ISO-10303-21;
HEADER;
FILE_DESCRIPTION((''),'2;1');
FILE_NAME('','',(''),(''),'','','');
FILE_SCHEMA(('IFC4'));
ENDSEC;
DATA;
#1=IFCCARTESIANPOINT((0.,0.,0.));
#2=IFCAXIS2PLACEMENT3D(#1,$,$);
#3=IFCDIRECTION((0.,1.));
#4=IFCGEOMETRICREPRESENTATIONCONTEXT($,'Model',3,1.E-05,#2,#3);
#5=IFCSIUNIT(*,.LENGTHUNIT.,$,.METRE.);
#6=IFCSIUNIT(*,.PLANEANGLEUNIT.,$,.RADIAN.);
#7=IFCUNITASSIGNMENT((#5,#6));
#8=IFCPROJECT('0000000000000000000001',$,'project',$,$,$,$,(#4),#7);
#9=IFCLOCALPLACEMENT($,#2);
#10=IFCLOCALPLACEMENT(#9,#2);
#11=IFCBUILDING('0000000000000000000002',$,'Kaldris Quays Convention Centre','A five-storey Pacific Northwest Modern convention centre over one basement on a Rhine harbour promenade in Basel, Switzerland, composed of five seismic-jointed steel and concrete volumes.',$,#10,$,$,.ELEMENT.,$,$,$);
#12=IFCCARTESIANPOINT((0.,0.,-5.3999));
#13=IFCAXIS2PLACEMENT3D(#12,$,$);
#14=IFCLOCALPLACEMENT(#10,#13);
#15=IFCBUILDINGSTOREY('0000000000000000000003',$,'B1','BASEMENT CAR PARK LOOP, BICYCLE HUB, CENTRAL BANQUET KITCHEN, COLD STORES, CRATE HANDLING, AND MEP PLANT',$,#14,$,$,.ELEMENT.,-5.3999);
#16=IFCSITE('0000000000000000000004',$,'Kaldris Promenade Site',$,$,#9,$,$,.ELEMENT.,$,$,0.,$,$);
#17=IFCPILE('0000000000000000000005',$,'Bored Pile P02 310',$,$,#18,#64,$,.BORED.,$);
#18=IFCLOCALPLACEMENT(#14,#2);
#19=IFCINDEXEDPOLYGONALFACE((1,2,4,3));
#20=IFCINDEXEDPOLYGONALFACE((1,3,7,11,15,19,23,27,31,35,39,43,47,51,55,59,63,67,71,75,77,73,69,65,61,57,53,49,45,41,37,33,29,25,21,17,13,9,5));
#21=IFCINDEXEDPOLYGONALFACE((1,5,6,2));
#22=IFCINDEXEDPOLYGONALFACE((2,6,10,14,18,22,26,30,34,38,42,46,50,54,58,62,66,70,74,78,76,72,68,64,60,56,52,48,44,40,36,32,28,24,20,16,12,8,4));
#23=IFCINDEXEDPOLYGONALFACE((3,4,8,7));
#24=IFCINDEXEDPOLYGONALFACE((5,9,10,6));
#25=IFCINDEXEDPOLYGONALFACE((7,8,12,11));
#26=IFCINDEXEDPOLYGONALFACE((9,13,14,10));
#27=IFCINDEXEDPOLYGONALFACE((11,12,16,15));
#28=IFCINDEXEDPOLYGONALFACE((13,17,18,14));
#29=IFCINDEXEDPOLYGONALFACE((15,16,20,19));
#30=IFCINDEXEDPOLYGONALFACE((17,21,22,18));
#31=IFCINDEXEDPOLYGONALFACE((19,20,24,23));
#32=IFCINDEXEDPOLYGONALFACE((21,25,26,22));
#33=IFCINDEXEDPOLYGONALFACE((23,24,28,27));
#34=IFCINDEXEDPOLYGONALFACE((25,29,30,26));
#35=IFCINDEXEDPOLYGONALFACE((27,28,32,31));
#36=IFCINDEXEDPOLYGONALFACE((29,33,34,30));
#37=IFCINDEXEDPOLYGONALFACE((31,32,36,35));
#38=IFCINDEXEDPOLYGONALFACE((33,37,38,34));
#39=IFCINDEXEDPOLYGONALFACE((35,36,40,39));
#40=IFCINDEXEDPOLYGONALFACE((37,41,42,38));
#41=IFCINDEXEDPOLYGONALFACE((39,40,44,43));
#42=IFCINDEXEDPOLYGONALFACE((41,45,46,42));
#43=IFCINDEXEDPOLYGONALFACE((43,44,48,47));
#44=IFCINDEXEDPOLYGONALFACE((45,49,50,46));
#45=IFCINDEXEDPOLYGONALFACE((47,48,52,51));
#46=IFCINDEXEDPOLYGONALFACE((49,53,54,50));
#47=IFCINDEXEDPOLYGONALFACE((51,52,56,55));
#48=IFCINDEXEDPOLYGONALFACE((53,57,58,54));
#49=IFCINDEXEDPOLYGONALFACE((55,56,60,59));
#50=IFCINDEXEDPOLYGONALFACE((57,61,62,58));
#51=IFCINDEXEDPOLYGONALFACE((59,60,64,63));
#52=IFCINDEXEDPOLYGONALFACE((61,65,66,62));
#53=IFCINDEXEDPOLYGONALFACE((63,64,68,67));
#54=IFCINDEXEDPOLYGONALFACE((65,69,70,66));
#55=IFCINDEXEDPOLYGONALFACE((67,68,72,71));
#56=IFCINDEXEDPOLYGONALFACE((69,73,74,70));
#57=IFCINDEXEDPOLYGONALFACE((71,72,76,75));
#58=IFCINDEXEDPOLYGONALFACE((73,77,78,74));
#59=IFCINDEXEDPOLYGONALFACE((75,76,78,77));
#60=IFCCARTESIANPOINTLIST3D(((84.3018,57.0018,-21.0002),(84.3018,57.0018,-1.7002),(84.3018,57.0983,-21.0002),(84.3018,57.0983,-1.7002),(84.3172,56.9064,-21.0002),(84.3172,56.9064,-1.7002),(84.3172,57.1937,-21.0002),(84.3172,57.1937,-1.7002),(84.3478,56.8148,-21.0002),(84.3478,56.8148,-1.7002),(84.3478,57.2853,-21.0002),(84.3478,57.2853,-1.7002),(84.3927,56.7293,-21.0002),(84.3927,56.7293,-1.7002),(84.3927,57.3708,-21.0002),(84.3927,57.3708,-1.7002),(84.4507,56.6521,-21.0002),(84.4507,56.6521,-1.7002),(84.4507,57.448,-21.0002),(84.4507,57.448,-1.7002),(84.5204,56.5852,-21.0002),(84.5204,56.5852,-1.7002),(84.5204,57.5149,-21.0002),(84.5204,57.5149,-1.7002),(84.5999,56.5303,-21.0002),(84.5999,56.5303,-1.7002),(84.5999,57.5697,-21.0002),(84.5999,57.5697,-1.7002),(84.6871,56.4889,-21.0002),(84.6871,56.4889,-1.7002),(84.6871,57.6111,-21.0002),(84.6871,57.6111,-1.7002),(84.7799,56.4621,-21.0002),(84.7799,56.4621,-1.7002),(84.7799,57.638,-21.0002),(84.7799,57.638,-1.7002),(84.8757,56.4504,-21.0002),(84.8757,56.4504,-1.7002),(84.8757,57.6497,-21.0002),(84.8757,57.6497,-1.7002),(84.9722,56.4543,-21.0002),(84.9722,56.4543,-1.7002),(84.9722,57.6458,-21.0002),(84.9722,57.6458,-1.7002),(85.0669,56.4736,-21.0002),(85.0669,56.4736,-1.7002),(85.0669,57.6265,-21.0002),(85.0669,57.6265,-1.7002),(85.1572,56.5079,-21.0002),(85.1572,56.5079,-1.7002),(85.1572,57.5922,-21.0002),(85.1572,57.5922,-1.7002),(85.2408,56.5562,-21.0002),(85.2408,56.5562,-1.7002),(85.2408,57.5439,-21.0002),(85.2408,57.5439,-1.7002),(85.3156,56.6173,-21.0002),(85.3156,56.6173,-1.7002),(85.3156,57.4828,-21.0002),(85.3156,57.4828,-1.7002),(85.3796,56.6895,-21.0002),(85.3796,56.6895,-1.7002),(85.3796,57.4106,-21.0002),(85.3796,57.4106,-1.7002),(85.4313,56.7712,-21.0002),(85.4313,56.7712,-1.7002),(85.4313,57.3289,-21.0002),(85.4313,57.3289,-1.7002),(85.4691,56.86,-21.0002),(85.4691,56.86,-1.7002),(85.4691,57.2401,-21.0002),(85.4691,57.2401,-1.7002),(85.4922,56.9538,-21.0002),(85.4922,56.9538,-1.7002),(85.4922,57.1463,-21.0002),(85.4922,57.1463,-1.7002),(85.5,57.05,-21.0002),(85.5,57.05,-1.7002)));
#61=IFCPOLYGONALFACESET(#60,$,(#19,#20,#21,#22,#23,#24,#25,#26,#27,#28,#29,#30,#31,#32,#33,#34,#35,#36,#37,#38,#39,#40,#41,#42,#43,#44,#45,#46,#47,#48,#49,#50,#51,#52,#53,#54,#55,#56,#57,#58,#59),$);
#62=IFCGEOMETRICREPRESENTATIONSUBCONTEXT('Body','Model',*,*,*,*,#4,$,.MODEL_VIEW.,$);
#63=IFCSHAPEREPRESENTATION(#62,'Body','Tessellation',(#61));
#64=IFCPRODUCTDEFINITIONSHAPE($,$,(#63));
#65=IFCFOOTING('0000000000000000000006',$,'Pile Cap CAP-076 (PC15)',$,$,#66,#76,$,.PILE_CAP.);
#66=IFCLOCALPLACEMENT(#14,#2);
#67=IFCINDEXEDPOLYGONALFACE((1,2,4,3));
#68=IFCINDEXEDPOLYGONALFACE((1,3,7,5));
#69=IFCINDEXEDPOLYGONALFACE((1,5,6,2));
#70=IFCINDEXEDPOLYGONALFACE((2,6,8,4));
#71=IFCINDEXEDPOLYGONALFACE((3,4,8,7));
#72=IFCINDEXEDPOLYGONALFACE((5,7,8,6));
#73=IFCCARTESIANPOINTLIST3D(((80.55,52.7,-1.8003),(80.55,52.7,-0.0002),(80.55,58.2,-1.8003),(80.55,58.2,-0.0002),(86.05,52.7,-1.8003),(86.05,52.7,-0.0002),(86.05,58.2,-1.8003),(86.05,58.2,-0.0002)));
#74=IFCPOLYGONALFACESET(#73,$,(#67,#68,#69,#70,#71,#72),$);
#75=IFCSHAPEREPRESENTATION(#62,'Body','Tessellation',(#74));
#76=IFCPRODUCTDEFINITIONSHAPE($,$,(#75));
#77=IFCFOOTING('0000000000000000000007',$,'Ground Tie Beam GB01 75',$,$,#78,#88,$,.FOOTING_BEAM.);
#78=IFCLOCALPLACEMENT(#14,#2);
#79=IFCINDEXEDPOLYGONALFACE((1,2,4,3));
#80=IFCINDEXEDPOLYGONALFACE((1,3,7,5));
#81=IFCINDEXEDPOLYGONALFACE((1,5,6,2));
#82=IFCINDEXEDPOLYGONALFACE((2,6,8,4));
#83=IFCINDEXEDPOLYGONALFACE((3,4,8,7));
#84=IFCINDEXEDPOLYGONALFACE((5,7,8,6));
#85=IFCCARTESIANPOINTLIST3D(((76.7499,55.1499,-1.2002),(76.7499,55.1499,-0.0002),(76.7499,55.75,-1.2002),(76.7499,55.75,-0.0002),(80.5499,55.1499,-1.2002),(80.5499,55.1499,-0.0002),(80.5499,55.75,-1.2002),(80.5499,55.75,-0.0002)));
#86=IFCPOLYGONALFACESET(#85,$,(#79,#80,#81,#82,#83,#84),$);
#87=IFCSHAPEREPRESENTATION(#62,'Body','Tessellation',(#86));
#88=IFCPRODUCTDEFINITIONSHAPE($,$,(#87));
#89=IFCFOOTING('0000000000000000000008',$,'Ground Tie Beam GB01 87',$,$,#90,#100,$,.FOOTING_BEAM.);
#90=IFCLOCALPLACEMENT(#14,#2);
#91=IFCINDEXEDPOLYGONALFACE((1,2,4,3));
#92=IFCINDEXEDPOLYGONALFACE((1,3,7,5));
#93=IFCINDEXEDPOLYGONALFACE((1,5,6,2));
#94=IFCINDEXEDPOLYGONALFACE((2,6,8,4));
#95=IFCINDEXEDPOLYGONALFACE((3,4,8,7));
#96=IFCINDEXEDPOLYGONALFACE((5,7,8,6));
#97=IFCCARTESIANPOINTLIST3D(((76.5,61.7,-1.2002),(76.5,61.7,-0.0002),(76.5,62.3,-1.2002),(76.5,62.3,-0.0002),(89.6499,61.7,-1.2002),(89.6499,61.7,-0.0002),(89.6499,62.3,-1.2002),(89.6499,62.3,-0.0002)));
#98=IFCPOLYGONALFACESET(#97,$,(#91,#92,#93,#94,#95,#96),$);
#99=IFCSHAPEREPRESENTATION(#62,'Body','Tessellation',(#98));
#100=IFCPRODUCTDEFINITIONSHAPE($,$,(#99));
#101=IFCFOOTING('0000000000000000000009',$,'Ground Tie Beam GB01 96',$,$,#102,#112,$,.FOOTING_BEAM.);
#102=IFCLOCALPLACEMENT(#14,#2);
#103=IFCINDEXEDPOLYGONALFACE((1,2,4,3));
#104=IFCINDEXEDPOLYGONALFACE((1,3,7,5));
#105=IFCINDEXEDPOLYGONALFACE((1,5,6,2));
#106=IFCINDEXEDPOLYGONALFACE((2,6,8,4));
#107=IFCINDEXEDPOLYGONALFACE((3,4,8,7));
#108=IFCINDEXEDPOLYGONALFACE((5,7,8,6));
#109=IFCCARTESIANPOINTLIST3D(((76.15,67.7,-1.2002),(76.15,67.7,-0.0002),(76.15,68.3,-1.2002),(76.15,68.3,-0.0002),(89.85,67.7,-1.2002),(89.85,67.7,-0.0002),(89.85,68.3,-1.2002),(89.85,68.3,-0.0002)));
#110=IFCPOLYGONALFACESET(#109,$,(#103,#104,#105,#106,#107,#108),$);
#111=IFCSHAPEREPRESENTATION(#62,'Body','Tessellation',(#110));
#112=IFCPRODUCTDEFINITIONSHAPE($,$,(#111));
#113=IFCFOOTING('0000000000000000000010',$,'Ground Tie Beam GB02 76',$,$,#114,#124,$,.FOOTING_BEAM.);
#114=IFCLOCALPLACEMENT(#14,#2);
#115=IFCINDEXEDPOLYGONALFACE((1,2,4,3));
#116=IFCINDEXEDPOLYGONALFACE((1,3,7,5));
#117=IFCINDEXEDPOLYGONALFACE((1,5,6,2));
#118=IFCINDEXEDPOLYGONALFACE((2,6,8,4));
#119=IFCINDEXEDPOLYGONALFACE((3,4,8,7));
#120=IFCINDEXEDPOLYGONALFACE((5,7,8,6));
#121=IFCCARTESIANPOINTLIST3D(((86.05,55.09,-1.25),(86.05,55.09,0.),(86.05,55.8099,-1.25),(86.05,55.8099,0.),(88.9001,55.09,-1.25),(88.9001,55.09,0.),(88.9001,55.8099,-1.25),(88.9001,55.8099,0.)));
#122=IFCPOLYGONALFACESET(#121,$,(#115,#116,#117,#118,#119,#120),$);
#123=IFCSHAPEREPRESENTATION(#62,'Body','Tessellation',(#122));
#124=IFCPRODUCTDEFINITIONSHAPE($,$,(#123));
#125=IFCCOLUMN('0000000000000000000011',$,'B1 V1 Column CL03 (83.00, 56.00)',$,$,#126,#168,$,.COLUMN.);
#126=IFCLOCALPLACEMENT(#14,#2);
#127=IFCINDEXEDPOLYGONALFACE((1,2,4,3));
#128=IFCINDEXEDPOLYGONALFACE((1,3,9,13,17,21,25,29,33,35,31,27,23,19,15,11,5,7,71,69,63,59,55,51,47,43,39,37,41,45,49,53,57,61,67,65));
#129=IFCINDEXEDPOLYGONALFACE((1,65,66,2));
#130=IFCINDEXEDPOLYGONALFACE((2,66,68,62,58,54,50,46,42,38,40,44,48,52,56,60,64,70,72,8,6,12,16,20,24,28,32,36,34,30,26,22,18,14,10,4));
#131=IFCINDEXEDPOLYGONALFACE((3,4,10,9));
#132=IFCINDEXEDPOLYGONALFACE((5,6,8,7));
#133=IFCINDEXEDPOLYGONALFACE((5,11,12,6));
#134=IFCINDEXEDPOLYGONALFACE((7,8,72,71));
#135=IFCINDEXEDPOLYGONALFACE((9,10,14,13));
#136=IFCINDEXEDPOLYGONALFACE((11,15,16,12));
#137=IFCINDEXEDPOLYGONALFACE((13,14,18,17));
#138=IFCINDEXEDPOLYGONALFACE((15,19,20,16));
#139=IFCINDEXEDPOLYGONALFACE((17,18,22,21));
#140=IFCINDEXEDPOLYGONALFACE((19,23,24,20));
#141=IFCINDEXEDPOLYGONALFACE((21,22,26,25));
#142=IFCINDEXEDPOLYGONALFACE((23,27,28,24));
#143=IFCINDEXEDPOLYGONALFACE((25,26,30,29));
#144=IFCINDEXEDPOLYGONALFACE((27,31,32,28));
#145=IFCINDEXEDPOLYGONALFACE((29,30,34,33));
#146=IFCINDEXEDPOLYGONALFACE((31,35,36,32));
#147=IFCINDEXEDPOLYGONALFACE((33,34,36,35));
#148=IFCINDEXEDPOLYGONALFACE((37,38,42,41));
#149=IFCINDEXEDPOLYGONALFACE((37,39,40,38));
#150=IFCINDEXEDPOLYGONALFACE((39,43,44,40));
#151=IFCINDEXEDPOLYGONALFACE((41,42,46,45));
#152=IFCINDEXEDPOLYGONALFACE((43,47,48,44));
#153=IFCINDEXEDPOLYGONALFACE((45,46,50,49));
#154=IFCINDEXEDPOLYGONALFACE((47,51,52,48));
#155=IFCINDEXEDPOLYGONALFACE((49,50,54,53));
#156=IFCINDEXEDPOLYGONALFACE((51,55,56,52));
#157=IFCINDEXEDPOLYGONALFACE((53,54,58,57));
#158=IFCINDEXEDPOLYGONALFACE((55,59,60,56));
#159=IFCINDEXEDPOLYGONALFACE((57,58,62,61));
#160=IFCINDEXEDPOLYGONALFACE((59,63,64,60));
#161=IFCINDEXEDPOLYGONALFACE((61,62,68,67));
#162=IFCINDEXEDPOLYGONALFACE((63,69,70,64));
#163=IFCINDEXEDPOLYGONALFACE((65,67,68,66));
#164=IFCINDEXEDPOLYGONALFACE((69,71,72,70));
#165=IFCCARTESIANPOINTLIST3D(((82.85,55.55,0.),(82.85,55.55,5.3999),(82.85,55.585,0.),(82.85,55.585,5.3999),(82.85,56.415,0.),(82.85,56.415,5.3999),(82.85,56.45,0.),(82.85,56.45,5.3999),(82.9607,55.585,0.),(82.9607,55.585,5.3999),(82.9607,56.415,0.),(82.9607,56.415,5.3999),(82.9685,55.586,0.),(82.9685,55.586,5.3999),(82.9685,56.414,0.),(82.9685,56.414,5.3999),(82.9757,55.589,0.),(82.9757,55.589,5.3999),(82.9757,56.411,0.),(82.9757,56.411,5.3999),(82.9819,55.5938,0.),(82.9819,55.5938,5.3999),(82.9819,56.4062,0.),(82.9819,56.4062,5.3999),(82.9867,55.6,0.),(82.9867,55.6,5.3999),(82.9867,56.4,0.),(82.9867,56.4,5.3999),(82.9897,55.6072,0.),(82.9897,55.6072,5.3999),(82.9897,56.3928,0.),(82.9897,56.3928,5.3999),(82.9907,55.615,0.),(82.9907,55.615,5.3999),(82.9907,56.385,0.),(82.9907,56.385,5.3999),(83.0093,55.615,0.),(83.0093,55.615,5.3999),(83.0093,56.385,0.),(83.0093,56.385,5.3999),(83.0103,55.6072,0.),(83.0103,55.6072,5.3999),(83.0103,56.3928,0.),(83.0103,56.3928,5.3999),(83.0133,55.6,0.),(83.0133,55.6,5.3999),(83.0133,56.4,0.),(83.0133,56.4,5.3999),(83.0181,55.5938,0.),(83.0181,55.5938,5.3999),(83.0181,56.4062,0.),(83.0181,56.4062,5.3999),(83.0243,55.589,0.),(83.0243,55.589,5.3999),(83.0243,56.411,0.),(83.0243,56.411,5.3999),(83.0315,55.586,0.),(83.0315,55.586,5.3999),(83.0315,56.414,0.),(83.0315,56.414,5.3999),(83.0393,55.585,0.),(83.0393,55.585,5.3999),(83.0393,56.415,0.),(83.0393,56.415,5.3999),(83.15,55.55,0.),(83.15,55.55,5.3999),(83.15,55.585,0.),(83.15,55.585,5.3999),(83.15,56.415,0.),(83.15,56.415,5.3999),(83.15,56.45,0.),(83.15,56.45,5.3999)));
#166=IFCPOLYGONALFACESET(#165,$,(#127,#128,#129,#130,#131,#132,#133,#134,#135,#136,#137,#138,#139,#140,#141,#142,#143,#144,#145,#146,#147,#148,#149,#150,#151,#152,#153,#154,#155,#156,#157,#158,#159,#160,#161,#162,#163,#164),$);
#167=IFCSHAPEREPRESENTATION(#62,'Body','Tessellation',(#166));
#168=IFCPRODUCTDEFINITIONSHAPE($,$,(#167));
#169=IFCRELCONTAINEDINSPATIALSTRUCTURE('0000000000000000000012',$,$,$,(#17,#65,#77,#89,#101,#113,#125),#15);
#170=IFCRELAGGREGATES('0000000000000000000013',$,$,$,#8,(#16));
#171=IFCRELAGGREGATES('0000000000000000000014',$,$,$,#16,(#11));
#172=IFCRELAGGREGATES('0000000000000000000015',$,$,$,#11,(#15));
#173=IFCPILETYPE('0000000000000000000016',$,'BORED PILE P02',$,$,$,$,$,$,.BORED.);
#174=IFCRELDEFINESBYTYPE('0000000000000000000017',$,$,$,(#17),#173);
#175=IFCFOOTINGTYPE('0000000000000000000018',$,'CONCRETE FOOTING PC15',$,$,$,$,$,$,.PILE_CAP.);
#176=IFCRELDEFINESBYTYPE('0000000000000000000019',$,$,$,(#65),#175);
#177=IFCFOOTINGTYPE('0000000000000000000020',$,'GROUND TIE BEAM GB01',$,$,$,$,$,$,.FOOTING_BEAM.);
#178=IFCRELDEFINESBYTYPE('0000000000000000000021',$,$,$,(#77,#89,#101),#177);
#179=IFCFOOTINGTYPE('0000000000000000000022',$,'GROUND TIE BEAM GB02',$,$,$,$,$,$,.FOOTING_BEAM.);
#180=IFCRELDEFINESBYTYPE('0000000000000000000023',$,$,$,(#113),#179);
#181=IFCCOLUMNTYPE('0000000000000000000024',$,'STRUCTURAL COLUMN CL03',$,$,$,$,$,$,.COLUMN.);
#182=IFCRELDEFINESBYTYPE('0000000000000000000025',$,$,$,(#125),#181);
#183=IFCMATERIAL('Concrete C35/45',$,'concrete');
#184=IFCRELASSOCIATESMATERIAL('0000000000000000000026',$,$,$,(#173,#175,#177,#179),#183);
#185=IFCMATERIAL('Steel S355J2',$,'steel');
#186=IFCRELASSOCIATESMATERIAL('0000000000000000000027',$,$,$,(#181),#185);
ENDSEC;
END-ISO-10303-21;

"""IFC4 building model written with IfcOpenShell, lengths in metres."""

from ifc_helpers import new_model, si_unit, direction, frame, origin, origin_2d, place, context, subcontext, project, spatial, rectangle, circle, i_section, extrude, material, material_profile, profile_set, type_object, element, save


model = new_model("IFC4")

# Units and contexts
model_context = context("Model", 3, precision=1e-05, world=origin(), true_north=direction((0.0, 1.0)))
body_context = subcontext(model_context, "Body", "Model", "MODEL_VIEW")
ifc_project = project(units=[si_unit("LENGTHUNIT", "METRE"), si_unit("PLANEANGLEUNIT", "RADIAN")], contexts=[model_context])

# Site, building, storey
site_placement = place(None, origin())
site = spatial("IfcSite", under=ifc_project, at=site_placement, Name="Kaldris Promenade Site", CompositionType="ELEMENT", RefElevation=0.0)
building_placement = place(site_placement, origin())
building = spatial("IfcBuilding", under=site, at=building_placement, Name="Kaldris Quays Convention Centre", Description="A five-storey Pacific Northwest Modern convention centre over one basement on a Rhine harbour promenade in Basel, Switzerland, composed of five seismic-jointed steel and concrete volumes.", CompositionType="ELEMENT")
storey_placement = place(building_placement, frame((0.0, 0.0, -5.3999)))
storey = spatial("IfcBuildingStorey", under=building, at=storey_placement, Name="B1", Description="BASEMENT CAR PARK LOOP, BICYCLE HUB, CENTRAL BANQUET KITCHEN, COLD STORES, CRATE HANDLING, AND MEP PLANT", CompositionType="ELEMENT", Elevation=-5.3999)

# Pile
ifc_material_1 = material(Name="Concrete C35/45", Category="concrete")
ifc_material_profile_1 = material_profile(ifc_material_1, circle(Radius=0.6001, at=origin_2d()), Name="BORED PILE D1200")
ifc_profile_set_1 = profile_set([ifc_material_profile_1], Name="Concrete C35/45")
pile_type = type_object("IfcPileType", Name="BORED PILE P02", PredefinedType="BORED", material=ifc_profile_set_1)
for number, where, z_axis, x_axis, name in (
    (1, (84.8999, 57.05, -1.7002), (0.0, 0.0, -1.0), (1.0, 0.0, 0.0), "Bored Pile P02 310"),
):
    element("IfcPile", number, at=place(storey_placement, frame(where, z_axis=z_axis, x_axis=x_axis)), inside=storey, type_object=pile_type, Name=name, PredefinedType="BORED", context=body_context, shape_type="SweptSolid", body=[
        extrude(circle(Radius=0.6001, at=origin_2d()), origin(), (0.0, 0.0, 1.0), 19.3),
    ])

# Footings
footing_type_1 = type_object("IfcFootingType", Name="CONCRETE FOOTING PC15", PredefinedType="PILE_CAP", material=ifc_material_1)
footing_1_placement = place(storey_placement, frame((83.3, 55.45, -1.8003), z_axis=(0.0, 0.0, 1.0), x_axis=(1.0, 0.0, 0.0)))
element("IfcFooting", 2, at=footing_1_placement, inside=storey, type_object=footing_type_1, Name="Pile Cap CAP-076 (PC15)", PredefinedType="PILE_CAP", context=body_context, shape_type="SweptSolid", body=[
    extrude(rectangle(XDim=5.5, YDim=5.5, at=origin_2d()), origin(), (0.0, 0.0, 1.0), 1.8),
])
footing_type_2 = type_object("IfcFootingType", Name="GROUND TIE BEAM GB01", PredefinedType="FOOTING_BEAM", material=ifc_material_1)
footing_2_placement = place(storey_placement, frame((78.6499, 55.45, -1.2002), z_axis=(0.0, 0.0, 1.0), x_axis=(1.0, 0.0, 0.0)))
element("IfcFooting", 3, at=footing_2_placement, inside=storey, type_object=footing_type_2, Name="Ground Tie Beam GB01 75", PredefinedType="FOOTING_BEAM", context=body_context, shape_type="SweptSolid", body=[
    extrude(rectangle(XDim=3.8, YDim=0.6001, at=origin_2d()), origin(), (0.0, 0.0, 1.0), 1.2),
])
footing_3_placement = place(storey_placement, frame((83.075, 62.0, -1.2002), z_axis=(0.0, 0.0, 1.0), x_axis=(1.0, 0.0, 0.0)))
element("IfcFooting", 4, at=footing_3_placement, inside=storey, type_object=footing_type_2, Name="Ground Tie Beam GB01 87", PredefinedType="FOOTING_BEAM", context=body_context, shape_type="SweptSolid", body=[
    extrude(rectangle(XDim=13.1499, YDim=0.6001, at=origin_2d()), origin(), (0.0, 0.0, 1.0), 1.2),
])
footing_4_placement = place(storey_placement, frame((83.0, 68.0, -1.2002), z_axis=(0.0, 0.0, 1.0), x_axis=(1.0, 0.0, 0.0)))
element("IfcFooting", 5, at=footing_4_placement, inside=storey, type_object=footing_type_2, Name="Ground Tie Beam GB01 96", PredefinedType="FOOTING_BEAM", context=body_context, shape_type="SweptSolid", body=[
    extrude(rectangle(XDim=13.7, YDim=0.6001, at=origin_2d()), origin(), (0.0, 0.0, 1.0), 1.2),
])
footing_type_3 = type_object("IfcFootingType", Name="GROUND TIE BEAM GB02", PredefinedType="FOOTING_BEAM", material=ifc_material_1)
footing_5_placement = place(storey_placement, frame((87.4751, 55.45, -1.25), z_axis=(0.0, 0.0, 1.0), x_axis=(1.0, 0.0, 0.0)))
element("IfcFooting", 6, at=footing_5_placement, inside=storey, type_object=footing_type_3, Name="Ground Tie Beam GB02 76", PredefinedType="FOOTING_BEAM", context=body_context, shape_type="SweptSolid", body=[
    extrude(rectangle(XDim=2.8501, YDim=0.72, at=origin_2d()), origin(), (0.0, 0.0, 1.0), 1.25),
])

# Column
ifc_material_2 = material(Name="Steel S355J2", Category="steel")
ifc_material_profile_2 = material_profile(ifc_material_2, i_section(OverallWidth=0.3, OverallDepth=0.8999, WebThickness=0.0186, FlangeThickness=0.0349, FilletRadius=0.03, at=origin_2d()), Name="HEB 900")
ifc_profile_set_2 = profile_set([ifc_material_profile_2], Name="Steel S355J2")
column_type_1 = type_object("IfcColumnType", Name="STRUCTURAL COLUMN CL03", PredefinedType="COLUMN", material=ifc_profile_set_2)
column_1_placement = place(storey_placement, frame((83.0, 56.0, 0.0), z_axis=(0.0, 0.0, 1.0), x_axis=(1.0, 0.0, 0.0)))
element("IfcColumn", 7, at=column_1_placement, inside=storey, type_object=column_type_1, Name="B1 V1 Column CL03 (83.00, 56.00)", PredefinedType="COLUMN", context=body_context, shape_type="SweptSolid", body=[
    extrude(i_section(OverallWidth=0.3, OverallDepth=0.8999, WebThickness=0.0186, FlangeThickness=0.0349, FilletRadius=0.03, at=origin_2d()), origin(), (0.0, 0.0, 1.0), 5.3999),
])

save(model, "model.ifc")
